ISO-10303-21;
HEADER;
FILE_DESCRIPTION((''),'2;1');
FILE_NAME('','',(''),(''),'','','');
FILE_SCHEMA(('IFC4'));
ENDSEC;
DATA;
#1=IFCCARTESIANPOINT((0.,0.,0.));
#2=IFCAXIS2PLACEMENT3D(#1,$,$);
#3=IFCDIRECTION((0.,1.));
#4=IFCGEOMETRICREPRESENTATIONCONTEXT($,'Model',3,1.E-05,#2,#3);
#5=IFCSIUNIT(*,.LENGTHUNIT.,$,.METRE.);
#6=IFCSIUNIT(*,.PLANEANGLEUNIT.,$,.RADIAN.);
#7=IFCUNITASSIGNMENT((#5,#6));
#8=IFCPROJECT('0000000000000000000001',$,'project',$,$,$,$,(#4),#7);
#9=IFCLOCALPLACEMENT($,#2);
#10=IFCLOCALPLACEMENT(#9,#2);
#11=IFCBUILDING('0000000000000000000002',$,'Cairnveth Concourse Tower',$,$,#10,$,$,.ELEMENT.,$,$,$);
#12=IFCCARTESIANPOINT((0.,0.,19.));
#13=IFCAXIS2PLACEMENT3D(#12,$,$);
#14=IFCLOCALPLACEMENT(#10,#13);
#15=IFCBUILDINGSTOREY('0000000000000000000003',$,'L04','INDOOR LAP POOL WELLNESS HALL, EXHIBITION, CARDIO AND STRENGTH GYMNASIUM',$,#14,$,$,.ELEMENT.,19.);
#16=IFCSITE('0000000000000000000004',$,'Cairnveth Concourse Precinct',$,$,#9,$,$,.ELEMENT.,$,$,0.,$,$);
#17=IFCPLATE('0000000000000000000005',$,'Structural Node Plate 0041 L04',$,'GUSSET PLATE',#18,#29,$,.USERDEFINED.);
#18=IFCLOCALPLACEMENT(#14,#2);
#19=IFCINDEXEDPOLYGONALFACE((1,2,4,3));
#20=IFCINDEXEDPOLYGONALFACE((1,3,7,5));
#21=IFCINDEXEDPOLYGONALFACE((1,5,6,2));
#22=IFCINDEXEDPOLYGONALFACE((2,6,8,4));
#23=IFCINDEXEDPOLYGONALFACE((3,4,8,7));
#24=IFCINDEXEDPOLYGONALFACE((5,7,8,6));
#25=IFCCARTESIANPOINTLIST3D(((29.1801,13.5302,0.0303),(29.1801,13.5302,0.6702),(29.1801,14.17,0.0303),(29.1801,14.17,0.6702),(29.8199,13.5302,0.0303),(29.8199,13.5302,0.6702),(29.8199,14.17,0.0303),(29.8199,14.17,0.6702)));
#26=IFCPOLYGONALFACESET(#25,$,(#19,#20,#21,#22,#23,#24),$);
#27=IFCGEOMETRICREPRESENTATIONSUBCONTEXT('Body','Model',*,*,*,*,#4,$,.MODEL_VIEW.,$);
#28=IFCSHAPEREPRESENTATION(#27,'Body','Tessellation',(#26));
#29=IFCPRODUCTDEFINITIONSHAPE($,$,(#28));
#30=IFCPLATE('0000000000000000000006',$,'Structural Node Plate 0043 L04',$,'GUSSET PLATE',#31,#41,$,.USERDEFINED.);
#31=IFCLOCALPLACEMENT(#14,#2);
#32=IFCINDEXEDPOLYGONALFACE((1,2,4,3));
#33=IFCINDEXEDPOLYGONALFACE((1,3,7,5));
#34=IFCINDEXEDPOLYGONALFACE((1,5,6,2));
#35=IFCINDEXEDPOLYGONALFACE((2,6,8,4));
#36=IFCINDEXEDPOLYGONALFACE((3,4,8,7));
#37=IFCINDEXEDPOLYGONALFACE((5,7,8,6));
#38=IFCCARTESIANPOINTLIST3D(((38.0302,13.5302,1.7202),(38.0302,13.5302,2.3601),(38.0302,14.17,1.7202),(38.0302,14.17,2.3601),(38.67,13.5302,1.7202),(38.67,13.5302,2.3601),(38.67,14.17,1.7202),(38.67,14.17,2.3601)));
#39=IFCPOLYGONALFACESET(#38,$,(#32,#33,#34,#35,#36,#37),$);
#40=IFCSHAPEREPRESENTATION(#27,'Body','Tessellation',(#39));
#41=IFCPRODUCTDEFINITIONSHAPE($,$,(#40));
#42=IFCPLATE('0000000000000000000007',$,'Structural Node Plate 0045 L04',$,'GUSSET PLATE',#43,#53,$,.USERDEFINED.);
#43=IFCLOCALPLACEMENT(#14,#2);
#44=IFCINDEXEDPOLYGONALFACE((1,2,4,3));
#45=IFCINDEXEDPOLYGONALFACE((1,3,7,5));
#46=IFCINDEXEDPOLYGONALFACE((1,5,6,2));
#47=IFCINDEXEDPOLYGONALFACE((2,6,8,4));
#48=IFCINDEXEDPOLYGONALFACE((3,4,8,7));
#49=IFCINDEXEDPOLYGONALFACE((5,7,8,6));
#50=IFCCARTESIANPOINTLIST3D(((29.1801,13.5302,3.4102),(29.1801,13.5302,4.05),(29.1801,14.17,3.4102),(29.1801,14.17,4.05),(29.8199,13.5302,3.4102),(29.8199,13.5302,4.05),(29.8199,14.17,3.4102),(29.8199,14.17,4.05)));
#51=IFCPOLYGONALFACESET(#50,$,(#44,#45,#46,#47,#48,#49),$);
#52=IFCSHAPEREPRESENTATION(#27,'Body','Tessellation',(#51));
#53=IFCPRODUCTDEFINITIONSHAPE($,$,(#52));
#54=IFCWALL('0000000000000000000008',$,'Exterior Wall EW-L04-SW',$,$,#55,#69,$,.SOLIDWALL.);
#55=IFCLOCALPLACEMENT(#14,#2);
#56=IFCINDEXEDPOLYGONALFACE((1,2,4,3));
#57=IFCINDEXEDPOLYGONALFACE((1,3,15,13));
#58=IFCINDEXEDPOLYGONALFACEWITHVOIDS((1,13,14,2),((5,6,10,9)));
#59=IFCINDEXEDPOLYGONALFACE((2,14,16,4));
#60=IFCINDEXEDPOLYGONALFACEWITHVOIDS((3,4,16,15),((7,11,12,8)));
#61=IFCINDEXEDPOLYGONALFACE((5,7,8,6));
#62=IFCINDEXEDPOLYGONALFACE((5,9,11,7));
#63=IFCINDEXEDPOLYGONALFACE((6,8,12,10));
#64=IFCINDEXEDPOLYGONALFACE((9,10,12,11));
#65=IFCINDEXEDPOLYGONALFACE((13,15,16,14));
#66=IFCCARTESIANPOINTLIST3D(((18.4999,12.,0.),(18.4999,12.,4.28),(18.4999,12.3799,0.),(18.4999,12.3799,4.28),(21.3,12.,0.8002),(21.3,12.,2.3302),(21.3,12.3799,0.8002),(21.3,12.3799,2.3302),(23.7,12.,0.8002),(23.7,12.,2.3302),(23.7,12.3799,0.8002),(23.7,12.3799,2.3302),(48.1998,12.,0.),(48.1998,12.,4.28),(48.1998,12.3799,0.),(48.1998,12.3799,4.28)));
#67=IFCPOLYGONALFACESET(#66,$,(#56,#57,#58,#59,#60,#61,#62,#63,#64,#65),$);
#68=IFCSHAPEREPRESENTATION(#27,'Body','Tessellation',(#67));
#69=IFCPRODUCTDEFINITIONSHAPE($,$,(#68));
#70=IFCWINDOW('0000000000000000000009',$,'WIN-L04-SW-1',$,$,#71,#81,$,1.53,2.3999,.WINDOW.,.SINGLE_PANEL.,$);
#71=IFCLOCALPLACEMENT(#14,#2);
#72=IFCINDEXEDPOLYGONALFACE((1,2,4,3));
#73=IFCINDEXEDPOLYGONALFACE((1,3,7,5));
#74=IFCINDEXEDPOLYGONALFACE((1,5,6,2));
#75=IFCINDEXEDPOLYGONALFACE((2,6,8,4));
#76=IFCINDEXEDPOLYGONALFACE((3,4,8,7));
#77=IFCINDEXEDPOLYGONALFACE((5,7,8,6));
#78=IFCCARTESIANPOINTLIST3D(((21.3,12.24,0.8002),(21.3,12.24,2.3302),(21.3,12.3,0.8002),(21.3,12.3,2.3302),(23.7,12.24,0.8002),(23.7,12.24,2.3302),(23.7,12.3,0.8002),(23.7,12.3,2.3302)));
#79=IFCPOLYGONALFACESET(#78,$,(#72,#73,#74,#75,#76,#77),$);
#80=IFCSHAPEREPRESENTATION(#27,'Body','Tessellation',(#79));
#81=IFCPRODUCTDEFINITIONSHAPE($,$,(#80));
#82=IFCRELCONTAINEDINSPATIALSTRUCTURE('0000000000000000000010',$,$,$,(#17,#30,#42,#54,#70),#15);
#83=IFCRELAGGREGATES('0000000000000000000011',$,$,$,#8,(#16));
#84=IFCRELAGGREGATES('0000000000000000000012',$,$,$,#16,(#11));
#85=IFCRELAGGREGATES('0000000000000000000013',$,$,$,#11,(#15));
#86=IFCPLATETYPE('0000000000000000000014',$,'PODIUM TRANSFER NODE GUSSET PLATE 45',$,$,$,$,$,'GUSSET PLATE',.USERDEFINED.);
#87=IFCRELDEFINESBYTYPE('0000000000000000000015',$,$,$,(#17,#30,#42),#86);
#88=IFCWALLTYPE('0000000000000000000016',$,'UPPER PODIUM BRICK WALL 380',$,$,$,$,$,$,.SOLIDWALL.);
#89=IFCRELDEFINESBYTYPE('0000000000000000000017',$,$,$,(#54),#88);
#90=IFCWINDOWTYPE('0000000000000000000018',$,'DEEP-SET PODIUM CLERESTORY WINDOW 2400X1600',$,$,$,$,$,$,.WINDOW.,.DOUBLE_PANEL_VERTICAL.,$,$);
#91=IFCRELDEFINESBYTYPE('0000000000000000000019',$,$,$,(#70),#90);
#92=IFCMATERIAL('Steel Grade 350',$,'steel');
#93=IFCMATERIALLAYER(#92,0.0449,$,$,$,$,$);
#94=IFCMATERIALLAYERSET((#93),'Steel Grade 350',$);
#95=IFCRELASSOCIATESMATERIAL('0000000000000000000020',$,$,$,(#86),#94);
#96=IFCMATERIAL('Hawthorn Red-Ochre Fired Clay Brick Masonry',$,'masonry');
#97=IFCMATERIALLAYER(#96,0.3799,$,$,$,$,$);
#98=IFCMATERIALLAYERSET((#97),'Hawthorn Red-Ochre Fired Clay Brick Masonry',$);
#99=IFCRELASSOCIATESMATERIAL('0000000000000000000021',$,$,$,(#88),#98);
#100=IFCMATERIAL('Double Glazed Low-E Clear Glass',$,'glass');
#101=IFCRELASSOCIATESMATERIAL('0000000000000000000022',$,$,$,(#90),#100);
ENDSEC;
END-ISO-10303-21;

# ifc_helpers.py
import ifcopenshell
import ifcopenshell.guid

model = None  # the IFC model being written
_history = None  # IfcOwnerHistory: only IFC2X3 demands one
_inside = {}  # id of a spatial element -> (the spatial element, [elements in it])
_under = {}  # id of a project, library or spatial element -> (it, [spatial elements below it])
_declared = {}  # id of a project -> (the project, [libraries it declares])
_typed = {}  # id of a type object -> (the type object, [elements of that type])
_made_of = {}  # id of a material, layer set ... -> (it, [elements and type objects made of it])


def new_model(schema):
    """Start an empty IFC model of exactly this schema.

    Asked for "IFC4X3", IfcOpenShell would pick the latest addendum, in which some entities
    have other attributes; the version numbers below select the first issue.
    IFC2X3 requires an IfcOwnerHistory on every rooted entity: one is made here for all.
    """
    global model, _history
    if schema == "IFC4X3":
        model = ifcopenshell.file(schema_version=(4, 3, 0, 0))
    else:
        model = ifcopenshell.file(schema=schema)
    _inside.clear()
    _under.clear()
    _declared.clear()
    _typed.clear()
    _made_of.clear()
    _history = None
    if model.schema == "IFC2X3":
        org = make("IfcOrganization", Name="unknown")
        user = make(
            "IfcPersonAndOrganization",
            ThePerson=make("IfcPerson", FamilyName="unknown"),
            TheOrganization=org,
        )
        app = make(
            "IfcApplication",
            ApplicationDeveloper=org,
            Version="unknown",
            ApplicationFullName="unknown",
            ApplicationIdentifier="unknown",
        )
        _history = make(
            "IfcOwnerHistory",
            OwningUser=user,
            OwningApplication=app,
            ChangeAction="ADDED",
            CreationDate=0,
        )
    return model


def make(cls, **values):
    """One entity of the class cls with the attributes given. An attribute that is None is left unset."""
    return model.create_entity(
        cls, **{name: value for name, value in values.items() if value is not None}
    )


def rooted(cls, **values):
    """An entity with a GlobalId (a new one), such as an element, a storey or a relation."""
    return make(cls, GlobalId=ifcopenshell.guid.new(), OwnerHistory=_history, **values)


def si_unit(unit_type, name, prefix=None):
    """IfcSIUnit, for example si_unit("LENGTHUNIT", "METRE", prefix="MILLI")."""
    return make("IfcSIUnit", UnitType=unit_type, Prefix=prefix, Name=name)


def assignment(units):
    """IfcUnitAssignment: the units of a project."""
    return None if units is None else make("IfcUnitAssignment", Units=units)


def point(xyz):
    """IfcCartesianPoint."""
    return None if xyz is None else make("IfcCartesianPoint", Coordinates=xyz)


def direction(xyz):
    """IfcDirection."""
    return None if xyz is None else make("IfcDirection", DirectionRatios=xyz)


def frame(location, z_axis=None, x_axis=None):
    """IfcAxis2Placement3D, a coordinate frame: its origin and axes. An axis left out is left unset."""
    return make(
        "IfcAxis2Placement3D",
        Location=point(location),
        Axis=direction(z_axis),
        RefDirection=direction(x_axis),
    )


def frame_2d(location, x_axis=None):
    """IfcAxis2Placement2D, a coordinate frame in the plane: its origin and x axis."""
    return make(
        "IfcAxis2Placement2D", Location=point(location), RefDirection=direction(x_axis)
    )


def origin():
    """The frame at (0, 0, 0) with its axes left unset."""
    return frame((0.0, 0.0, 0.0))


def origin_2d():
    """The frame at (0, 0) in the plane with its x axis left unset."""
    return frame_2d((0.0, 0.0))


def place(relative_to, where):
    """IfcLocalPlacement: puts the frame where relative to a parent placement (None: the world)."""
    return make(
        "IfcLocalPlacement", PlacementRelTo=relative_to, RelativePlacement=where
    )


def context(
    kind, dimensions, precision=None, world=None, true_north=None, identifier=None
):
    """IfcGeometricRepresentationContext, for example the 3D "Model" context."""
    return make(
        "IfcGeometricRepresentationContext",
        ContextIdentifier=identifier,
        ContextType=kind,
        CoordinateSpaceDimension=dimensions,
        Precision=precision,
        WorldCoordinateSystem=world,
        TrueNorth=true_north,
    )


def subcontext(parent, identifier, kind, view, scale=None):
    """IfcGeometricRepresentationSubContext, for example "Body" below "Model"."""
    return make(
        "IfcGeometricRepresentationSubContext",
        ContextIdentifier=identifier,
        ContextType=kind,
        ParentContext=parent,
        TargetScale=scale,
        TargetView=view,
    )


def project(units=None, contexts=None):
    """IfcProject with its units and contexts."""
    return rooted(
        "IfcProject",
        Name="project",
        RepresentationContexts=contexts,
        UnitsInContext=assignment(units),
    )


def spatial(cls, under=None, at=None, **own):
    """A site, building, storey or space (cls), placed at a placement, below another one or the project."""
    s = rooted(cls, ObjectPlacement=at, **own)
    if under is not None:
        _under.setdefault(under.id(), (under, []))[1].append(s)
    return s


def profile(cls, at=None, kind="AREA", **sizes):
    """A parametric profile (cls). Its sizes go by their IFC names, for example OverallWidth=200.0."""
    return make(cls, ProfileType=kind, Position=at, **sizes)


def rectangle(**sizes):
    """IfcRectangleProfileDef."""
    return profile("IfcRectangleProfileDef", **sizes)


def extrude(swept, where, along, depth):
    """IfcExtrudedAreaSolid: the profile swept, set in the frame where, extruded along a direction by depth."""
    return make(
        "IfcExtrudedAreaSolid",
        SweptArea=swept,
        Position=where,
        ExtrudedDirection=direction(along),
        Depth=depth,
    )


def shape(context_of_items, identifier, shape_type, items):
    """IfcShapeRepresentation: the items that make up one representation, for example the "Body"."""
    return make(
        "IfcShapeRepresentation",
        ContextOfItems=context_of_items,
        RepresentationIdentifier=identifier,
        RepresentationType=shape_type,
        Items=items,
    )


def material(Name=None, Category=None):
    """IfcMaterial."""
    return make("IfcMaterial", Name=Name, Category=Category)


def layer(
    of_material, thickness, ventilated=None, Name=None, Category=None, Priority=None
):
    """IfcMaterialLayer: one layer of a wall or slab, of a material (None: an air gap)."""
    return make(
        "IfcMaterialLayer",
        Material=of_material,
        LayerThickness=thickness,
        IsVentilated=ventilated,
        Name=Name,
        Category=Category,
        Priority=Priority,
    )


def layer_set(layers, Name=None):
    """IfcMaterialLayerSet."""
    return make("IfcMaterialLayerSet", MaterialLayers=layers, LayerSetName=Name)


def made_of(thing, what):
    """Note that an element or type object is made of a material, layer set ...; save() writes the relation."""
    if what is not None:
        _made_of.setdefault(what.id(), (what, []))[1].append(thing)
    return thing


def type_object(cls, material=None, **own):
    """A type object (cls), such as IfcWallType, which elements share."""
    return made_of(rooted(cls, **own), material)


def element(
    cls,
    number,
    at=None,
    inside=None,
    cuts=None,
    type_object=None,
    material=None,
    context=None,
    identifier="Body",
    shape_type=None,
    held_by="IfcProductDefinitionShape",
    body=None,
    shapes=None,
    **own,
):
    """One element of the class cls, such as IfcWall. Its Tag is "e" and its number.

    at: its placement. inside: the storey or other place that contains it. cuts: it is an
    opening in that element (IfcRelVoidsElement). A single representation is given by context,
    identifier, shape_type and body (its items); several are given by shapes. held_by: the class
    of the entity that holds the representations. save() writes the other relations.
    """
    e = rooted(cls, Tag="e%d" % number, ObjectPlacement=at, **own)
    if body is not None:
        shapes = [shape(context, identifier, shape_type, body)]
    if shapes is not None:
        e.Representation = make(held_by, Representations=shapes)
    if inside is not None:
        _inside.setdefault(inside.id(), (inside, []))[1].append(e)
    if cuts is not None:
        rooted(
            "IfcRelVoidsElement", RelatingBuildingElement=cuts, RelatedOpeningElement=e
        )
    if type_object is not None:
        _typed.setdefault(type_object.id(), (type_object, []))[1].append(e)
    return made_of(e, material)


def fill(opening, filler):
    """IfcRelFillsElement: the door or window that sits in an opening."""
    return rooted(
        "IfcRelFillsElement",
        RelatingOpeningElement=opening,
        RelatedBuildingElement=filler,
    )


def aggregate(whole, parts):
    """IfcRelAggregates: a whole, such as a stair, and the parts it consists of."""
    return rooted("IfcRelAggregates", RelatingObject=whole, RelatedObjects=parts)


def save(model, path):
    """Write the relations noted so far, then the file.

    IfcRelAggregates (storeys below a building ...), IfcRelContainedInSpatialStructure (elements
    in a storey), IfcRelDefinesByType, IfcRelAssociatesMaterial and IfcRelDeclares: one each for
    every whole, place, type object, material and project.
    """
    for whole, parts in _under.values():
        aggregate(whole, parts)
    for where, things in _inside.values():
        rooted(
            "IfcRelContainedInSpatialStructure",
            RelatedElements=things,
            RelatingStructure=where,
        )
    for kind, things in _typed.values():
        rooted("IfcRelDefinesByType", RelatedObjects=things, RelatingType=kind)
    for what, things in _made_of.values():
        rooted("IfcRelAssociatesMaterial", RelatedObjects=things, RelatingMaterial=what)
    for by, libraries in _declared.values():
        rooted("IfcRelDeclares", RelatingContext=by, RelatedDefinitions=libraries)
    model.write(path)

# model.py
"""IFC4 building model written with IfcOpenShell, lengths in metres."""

from ifc_helpers import new_model, si_unit, direction, frame, frame_2d, origin, origin_2d, place, context, subcontext, project, spatial, rectangle, extrude, material, layer, layer_set, type_object, element, fill, save


model = new_model("IFC4")

# Units and contexts
model_context = context("Model", 3, precision=1e-05, world=origin(), true_north=direction((0.0, 1.0)))
body_context = subcontext(model_context, "Body", "Model", "MODEL_VIEW")
ifc_project = project(units=[si_unit("LENGTHUNIT", "METRE"), si_unit("PLANEANGLEUNIT", "RADIAN")], contexts=[model_context])

# Site, building, storey
site_placement = place(None, origin())
site = spatial("IfcSite", under=ifc_project, at=site_placement, Name="Cairnveth Concourse Precinct", CompositionType="ELEMENT", RefElevation=0.0)
building_placement = place(site_placement, origin())
building = spatial("IfcBuilding", under=site, at=building_placement, Name="Cairnveth Concourse Tower", CompositionType="ELEMENT")
storey_placement = place(building_placement, frame((0.0, 0.0, 19.0)))
storey = spatial("IfcBuildingStorey", under=building, at=storey_placement, Name="L04", Description="INDOOR LAP POOL WELLNESS HALL, EXHIBITION, CARDIO AND STRENGTH GYMNASIUM", CompositionType="ELEMENT", Elevation=19.0)

# Shared definitions
ifc_material_1 = material(Name="Double Glazed Low-E Clear Glass", Category="glass")

# Plates
ifc_material_2 = material(Name="Steel Grade 350", Category="steel")
ifc_layer_1 = layer(ifc_material_2, 0.0449)
ifc_layer_set_1 = layer_set([ifc_layer_1], Name="Steel Grade 350")
plate_type_1 = type_object("IfcPlateType", Name="PODIUM TRANSFER NODE GUSSET PLATE 45", ElementType="GUSSET PLATE", PredefinedType="USERDEFINED", material=ifc_layer_set_1)
for number, where, z_axis, x_axis, name in (
    (1, (29.5, 13.8501, 0.0303), (0.0, 0.0, 1.0), (1.0, 0.0, 0.0), "Structural Node Plate 0041 L04"),
    (2, (38.3501, 13.8501, 1.7202), (0.0, 0.0, 1.0), (1.0, 0.0, 0.0), "Structural Node Plate 0043 L04"),
    (3, (29.5, 13.8501, 3.4102), (0.0, 0.0, 1.0), (1.0, 0.0, 0.0), "Structural Node Plate 0045 L04"),
):
    element("IfcPlate", number, at=place(storey_placement, frame(where, z_axis=z_axis, x_axis=x_axis)), inside=storey, type_object=plate_type_1, Name=name, ObjectType="GUSSET PLATE", PredefinedType="USERDEFINED", context=body_context, shape_type="SweptSolid", body=[
        extrude(rectangle(XDim=0.6399, YDim=0.6399, at=origin_2d()), origin(), (0.0, 0.0, 1.0), 0.6399),
    ])

# Wall, opening, window
ifc_material_3 = material(Name="Hawthorn Red-Ochre Fired Clay Brick Masonry", Category="masonry")
ifc_layer_2 = layer(ifc_material_3, 0.3799)
ifc_layer_set_2 = layer_set([ifc_layer_2], Name="Hawthorn Red-Ochre Fired Clay Brick Masonry")
wall_type = type_object("IfcWallType", Name="UPPER PODIUM BRICK WALL 380", PredefinedType="SOLIDWALL", material=ifc_layer_set_2)
wall_placement = place(storey_placement, frame((48.2, 12.1899, 0.0), z_axis=(0.0, 0.0, 1.0), x_axis=(-1.0, 0.0, 0.0)))
wall = element("IfcWall", 4, at=wall_placement, inside=storey, type_object=wall_type, Name="Exterior Wall EW-L04-SW", PredefinedType="SOLIDWALL", context=body_context, shape_type="SweptSolid", body=[
    extrude(rectangle(XDim=29.7, YDim=0.3799, at=frame_2d((14.8501, 0.0))), origin(), (0.0, 0.0, 1.0), 4.28),
])
opening_placement = place(wall_placement, frame((24.5, 0.0, 0.8)))
opening = element("IfcOpeningElement", 5, at=opening_placement, cuts=wall, PredefinedType="OPENING", context=body_context, shape_type="SweptSolid", body=[
    extrude(rectangle(XDim=2.3999, YDim=1.53, at=frame_2d((1.2, 0.7651))), frame((0.0, 0.2, 0.0), z_axis=(0.0, -1.0, 0.0), x_axis=(1.0, 0.0, 0.0)), (0.0, 0.0, 1.0), 0.3999),
])
window_type = type_object("IfcWindowType", Name="DEEP-SET PODIUM CLERESTORY WINDOW 2400X1600", PartitioningType="DOUBLE_PANEL_VERTICAL", PredefinedType="WINDOW", material=ifc_material_1)
window_placement = place(opening_placement, origin())
window = element("IfcWindow", 6, at=window_placement, inside=storey, type_object=window_type, Name="WIN-L04-SW-1", OverallHeight=1.53, OverallWidth=2.3999, PartitioningType="SINGLE_PANEL", PredefinedType="WINDOW", context=body_context, shape_type="SweptSolid", body=[
    extrude(rectangle(XDim=2.3999, YDim=1.53, at=frame_2d((1.2, 0.7651))), frame((0.0, -0.05, 0.0), z_axis=(0.0, -1.0, 0.0), x_axis=(1.0, 0.0, 0.0)), (0.0, 0.0, 1.0), 0.0601),
])
fill(opening, window)

save(model, "model.ifc")
